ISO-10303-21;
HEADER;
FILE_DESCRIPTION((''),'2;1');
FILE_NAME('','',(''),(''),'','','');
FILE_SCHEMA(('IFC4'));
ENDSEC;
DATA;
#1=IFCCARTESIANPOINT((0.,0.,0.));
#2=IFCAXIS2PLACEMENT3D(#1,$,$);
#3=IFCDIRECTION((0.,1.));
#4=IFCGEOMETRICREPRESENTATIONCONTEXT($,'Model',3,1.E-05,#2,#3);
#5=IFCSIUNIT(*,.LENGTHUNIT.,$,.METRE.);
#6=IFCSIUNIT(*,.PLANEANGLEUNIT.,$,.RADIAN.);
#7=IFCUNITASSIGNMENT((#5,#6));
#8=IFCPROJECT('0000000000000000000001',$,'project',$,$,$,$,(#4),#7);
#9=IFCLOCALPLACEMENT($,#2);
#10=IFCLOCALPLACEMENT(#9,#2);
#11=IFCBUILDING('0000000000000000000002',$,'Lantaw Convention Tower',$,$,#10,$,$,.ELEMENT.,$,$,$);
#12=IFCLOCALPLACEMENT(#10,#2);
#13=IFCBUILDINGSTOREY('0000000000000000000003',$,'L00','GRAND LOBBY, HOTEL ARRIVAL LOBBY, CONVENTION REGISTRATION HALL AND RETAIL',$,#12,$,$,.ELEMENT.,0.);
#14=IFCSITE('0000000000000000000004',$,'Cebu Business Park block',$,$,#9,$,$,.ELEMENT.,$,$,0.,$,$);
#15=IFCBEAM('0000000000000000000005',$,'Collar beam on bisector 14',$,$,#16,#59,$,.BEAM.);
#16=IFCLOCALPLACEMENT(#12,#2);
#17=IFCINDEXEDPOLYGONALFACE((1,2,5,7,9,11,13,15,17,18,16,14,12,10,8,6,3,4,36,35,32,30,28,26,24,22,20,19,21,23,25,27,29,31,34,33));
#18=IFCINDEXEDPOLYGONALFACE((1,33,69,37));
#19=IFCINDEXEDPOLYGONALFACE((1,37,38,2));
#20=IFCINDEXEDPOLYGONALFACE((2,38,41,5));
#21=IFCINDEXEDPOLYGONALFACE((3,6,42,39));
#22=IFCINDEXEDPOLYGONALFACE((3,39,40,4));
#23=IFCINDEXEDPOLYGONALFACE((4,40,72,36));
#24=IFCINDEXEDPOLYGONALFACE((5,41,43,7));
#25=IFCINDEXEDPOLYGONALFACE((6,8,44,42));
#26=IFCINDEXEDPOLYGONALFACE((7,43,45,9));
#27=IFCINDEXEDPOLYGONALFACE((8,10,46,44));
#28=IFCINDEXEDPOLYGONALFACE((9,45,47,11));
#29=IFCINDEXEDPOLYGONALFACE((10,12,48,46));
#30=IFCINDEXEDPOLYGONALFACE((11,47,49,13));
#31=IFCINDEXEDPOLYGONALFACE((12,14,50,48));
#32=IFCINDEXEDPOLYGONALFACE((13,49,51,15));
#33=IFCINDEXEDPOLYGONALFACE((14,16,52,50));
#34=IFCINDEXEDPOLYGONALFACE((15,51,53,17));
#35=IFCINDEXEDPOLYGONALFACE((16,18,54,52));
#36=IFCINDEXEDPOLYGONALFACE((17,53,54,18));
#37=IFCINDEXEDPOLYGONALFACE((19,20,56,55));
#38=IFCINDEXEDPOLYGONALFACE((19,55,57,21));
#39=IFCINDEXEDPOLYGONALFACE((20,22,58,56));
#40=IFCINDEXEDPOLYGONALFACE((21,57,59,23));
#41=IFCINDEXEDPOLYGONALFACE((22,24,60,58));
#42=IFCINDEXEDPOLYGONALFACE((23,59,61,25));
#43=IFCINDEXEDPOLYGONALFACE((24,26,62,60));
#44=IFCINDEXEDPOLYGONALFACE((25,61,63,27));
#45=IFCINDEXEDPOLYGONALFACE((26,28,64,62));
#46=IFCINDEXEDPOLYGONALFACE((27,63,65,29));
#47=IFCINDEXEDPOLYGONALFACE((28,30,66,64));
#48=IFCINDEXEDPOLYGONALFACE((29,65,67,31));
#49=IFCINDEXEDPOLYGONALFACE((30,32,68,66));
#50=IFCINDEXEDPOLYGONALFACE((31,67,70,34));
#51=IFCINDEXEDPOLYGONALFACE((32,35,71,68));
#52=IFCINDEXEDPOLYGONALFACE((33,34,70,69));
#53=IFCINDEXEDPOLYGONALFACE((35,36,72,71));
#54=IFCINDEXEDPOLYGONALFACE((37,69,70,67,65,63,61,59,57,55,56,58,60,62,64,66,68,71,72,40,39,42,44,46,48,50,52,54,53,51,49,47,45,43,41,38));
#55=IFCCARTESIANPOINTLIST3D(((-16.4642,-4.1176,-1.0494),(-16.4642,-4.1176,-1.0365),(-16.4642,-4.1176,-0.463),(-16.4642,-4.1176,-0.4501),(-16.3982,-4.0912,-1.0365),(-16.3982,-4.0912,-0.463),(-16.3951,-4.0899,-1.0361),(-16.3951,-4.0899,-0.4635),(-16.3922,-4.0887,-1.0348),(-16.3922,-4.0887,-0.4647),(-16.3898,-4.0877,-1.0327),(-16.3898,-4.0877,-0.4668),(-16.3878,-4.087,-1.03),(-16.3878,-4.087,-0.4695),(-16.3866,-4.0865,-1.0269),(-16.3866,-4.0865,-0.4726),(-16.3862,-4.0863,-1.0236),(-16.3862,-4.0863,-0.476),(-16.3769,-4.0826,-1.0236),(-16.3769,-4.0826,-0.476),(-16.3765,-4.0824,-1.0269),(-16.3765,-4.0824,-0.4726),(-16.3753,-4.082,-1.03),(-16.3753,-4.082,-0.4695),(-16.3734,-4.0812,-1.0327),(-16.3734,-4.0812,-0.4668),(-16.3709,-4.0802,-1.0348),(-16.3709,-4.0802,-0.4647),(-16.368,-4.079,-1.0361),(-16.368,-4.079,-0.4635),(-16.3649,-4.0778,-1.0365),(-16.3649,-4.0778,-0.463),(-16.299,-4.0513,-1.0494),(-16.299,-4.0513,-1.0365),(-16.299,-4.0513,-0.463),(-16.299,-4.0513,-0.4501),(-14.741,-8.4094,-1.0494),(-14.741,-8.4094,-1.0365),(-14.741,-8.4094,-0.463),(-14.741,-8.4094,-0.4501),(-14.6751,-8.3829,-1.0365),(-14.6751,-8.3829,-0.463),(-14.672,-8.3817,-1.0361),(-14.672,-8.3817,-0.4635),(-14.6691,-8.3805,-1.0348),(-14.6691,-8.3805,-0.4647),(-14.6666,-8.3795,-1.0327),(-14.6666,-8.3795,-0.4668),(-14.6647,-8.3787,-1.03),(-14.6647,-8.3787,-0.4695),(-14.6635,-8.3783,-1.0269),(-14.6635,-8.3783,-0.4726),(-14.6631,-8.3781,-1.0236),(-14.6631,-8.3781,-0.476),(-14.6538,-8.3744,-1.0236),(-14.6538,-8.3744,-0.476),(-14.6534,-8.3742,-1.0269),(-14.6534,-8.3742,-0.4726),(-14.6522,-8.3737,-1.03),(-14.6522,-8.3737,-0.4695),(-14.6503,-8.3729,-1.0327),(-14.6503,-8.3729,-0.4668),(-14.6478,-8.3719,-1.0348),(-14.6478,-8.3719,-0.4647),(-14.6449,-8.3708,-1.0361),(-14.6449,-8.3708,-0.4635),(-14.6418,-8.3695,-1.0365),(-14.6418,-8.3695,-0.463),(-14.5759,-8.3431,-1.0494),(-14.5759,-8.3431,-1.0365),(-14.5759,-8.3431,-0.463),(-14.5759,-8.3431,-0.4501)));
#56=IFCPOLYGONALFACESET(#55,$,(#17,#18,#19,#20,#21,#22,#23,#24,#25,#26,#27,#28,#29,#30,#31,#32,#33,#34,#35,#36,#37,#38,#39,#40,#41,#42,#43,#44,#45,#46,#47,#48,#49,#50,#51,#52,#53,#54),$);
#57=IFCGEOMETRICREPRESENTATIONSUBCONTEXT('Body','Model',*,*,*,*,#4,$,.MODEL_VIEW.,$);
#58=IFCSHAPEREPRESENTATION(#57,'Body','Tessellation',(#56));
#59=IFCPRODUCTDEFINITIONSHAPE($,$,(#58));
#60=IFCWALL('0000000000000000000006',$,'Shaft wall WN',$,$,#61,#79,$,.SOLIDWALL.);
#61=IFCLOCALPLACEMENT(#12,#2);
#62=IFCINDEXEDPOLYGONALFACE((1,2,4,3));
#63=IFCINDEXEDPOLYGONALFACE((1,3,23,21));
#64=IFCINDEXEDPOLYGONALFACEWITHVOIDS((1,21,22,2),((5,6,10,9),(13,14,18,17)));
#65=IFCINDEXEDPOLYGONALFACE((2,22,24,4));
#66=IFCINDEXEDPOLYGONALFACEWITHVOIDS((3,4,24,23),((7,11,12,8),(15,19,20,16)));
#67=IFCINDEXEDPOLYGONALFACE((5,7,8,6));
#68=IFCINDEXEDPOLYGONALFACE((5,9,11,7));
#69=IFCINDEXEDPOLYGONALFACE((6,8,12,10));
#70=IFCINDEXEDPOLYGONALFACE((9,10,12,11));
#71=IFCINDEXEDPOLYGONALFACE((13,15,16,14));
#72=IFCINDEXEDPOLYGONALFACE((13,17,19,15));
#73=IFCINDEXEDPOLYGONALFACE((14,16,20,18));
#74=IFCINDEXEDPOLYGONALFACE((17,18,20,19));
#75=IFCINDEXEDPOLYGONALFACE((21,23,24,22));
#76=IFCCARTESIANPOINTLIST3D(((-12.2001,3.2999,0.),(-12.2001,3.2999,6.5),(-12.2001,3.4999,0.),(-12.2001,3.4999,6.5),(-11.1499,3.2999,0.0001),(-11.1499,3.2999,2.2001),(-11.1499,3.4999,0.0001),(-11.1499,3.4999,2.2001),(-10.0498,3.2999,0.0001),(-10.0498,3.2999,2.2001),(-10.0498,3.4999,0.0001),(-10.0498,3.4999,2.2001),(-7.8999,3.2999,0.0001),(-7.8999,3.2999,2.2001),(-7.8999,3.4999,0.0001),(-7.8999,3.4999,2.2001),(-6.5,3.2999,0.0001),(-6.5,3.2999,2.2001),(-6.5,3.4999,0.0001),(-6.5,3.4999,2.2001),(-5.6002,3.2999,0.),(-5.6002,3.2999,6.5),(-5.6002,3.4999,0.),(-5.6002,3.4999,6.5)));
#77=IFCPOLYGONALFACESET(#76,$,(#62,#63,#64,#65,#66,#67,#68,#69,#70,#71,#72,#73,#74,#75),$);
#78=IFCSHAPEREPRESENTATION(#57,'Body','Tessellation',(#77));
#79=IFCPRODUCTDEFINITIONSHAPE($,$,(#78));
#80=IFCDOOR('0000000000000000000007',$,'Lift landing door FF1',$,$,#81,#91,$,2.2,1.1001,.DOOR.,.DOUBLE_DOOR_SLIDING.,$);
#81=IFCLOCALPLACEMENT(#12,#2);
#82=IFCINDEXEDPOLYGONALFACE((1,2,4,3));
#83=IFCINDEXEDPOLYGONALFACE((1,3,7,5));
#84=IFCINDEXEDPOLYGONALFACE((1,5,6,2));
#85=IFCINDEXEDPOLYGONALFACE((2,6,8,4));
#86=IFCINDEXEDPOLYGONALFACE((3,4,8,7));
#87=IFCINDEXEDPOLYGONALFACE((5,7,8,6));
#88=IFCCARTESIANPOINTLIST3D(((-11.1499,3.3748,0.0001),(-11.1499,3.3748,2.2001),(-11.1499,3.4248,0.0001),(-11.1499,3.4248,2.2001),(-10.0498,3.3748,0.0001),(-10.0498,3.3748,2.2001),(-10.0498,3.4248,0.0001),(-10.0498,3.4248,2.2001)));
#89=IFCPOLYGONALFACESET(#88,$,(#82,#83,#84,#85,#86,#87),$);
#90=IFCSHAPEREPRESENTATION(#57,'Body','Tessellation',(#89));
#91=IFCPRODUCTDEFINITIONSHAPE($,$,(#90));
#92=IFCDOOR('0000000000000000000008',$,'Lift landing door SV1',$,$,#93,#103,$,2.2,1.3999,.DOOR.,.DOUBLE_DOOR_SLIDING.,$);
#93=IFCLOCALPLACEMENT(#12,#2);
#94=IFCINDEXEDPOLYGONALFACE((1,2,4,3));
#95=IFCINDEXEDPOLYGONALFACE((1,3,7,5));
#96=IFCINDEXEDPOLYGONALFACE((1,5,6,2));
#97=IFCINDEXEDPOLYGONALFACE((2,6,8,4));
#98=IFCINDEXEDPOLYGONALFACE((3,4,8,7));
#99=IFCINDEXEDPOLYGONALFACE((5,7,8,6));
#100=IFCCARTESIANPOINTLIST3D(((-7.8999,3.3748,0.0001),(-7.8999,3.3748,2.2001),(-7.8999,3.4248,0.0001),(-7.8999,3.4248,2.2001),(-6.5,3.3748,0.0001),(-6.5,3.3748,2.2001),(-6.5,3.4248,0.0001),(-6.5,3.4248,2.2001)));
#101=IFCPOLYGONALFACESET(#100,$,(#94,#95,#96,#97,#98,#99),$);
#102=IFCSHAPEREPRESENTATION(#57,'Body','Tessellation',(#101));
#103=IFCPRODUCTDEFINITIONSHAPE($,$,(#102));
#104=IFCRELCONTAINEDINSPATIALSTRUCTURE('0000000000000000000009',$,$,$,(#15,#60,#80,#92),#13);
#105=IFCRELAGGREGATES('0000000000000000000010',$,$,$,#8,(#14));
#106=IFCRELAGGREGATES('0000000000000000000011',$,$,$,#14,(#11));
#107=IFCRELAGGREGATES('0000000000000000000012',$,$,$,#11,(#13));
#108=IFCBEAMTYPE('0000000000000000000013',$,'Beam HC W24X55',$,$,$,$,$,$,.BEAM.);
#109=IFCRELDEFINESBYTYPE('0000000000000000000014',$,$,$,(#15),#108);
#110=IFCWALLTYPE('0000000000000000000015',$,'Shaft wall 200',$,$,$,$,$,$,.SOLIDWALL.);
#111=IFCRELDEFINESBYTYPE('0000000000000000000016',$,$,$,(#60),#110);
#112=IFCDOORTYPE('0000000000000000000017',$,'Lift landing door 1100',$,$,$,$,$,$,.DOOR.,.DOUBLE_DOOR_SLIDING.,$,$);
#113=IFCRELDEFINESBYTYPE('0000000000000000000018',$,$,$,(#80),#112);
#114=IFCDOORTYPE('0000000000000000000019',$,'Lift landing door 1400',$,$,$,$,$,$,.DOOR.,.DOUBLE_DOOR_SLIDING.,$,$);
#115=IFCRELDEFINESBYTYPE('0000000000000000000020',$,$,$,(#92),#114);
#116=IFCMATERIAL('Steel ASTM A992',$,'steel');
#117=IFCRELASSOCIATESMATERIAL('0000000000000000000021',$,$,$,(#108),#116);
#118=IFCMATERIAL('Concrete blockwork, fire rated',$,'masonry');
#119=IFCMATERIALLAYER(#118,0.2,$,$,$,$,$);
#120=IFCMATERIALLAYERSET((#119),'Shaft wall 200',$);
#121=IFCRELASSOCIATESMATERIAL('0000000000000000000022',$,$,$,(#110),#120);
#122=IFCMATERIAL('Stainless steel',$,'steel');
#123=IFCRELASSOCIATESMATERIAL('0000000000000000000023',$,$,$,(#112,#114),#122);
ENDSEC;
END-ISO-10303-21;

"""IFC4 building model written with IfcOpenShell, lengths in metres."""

from ifc_helpers import new_model, si_unit, direction, frame, frame_2d, origin, origin_2d, place, context, subcontext, project, spatial, rectangle, i_section, extrude, material, layer, layer_set, material_profile, profile_set, type_object, element, fill, save


model = new_model("IFC4")

# Units and contexts
model_context = context("Model", 3, precision=1e-05, world=origin(), true_north=direction((0.0, 1.0)))
body_context = subcontext(model_context, "Body", "Model", "MODEL_VIEW")
ifc_project = project(units=[si_unit("LENGTHUNIT", "METRE"), si_unit("PLANEANGLEUNIT", "RADIAN")], contexts=[model_context])

# Site, building, storey
site_placement = place(None, origin())
site = spatial("IfcSite", under=ifc_project, at=site_placement, Name="Cebu Business Park block", CompositionType="ELEMENT", RefElevation=0.0)
building_placement = place(site_placement, origin())
building = spatial("IfcBuilding", under=site, at=building_placement, Name="Lantaw Convention Tower", CompositionType="ELEMENT")
storey_placement = place(building_placement, origin())
storey = spatial("IfcBuildingStorey", under=building, at=storey_placement, Name="L00", Description="GRAND LOBBY, HOTEL ARRIVAL LOBBY, CONVENTION REGISTRATION HALL AND RETAIL", CompositionType="ELEMENT", Elevation=0.0)

# Beam
ifc_material_1 = material(Name="Steel ASTM A992", Category="steel")
ifc_material_profile_1 = material_profile(ifc_material_1, i_section(OverallWidth=0.178, OverallDepth=0.5994, WebThickness=0.01, FlangeThickness=0.0129, FilletRadius=0.0129, at=origin_2d()), Name="W24X55")
ifc_profile_set_1 = profile_set([ifc_material_profile_1], Name="Steel ASTM A992")
beam_type_1 = type_object("IfcBeamType", Name="Beam HC W24X55", PredefinedType="BEAM", material=ifc_profile_set_1)
beam_1_placement = place(storey_placement, frame((-16.3816, -4.0845, -0.7498), z_axis=(0.372592, -0.927995, 0.0), x_axis=(0.927995, 0.372592, 0.0)))
element("IfcBeam", 1, at=beam_1_placement, inside=storey, type_object=beam_type_1, Name="Collar beam on bisector 14", PredefinedType="BEAM", context=body_context, shape_type="SweptSolid", body=[
    extrude(i_section(OverallWidth=0.178, OverallDepth=0.5994, WebThickness=0.01, FlangeThickness=0.0129, FilletRadius=0.0129, at=origin_2d()), origin(), (0.0, 0.0, 1.0), 4.6248),
])

# Wall, openings, doors
ifc_material_2 = material(Name="Concrete blockwork, fire rated", Category="masonry")
ifc_layer = layer(ifc_material_2, 0.2)
ifc_layer_set = layer_set([ifc_layer], Name="Shaft wall 200")
wall_type = type_object("IfcWallType", Name="Shaft wall 200", PredefinedType="SOLIDWALL", material=ifc_layer_set)
wall_placement = place(storey_placement, frame((-12.2, 3.3999, 0.0), z_axis=(0.0, 0.0, 1.0), x_axis=(1.0, 0.0, 0.0)))
wall = element("IfcWall", 2, at=wall_placement, inside=storey, type_object=wall_type, Name="Shaft wall WN", PredefinedType="SOLIDWALL", context=body_context, shape_type="SweptSolid", body=[
    extrude(rectangle(XDim=6.5999, YDim=0.2, at=frame_2d((3.2998, 0.0))), origin(), (0.0, 0.0, 1.0), 6.5),
])
opening_1_placement = place(wall_placement, frame((1.05, 0.0, 0.0)))
opening_1 = element("IfcOpeningElement", 3, at=opening_1_placement, cuts=wall, PredefinedType="OPENING", context=body_context, shape_type="SweptSolid", body=[
    extrude(rectangle(XDim=1.1001, YDim=2.2, at=frame_2d((0.55, 1.1001))), frame((0.0, 0.1099, 0.0), z_axis=(0.0, -1.0, 0.0), x_axis=(1.0, 0.0, 0.0)), (0.0, 0.0, 1.0), 0.22),
])
opening_2_placement = place(wall_placement, frame((4.3, 0.0, 0.0)))
opening_2 = element("IfcOpeningElement", 4, at=opening_2_placement, cuts=wall, PredefinedType="OPENING", context=body_context, shape_type="SweptSolid", body=[
    extrude(rectangle(XDim=1.3999, YDim=2.2, at=frame_2d((0.7, 1.1001))), frame((0.0, 0.1099, 0.0), z_axis=(0.0, -1.0, 0.0), x_axis=(1.0, 0.0, 0.0)), (0.0, 0.0, 1.0), 0.22),
])
ifc_material_3 = material(Name="Stainless steel", Category="steel")
door_type_1 = type_object("IfcDoorType", Name="Lift landing door 1100", OperationType="DOUBLE_DOOR_SLIDING", PredefinedType="DOOR", material=ifc_material_3)
door_1_placement = place(opening_1_placement, origin())
door_1 = element("IfcDoor", 5, at=door_1_placement, inside=storey, type_object=door_type_1, Name="Lift landing door FF1", OperationType="DOUBLE_DOOR_SLIDING", OverallHeight=2.2, OverallWidth=1.1001, PredefinedType="DOOR", context=body_context, shape_type="SweptSolid", body=[
    extrude(rectangle(XDim=1.1001, YDim=2.2, at=frame_2d((0.55, 1.1001))), frame((0.0, 0.0249, 0.0), z_axis=(0.0, -1.0, 0.0), x_axis=(1.0, 0.0, 0.0)), (0.0, 0.0, 1.0), 0.05),
])
fill(opening_1, door_1)
door_type_2 = type_object("IfcDoorType", Name="Lift landing door 1400", OperationType="DOUBLE_DOOR_SLIDING", PredefinedType="DOOR", material=ifc_material_3)
door_2_placement = place(opening_2_placement, origin())
door_2 = element("IfcDoor", 6, at=door_2_placement, inside=storey, type_object=door_type_2, Name="Lift landing door SV1", OperationType="DOUBLE_DOOR_SLIDING", OverallHeight=2.2, OverallWidth=1.3999, PredefinedType="DOOR", context=body_context, shape_type="SweptSolid", body=[
    extrude(rectangle(XDim=1.3999, YDim=2.2, at=frame_2d((0.7, 1.1001))), frame((0.0, 0.0249, 0.0), z_axis=(0.0, -1.0, 0.0), x_axis=(1.0, 0.0, 0.0)), (0.0, 0.0, 1.0), 0.05),
])
fill(opening_2, door_2)

save(model, "model.ifc")
